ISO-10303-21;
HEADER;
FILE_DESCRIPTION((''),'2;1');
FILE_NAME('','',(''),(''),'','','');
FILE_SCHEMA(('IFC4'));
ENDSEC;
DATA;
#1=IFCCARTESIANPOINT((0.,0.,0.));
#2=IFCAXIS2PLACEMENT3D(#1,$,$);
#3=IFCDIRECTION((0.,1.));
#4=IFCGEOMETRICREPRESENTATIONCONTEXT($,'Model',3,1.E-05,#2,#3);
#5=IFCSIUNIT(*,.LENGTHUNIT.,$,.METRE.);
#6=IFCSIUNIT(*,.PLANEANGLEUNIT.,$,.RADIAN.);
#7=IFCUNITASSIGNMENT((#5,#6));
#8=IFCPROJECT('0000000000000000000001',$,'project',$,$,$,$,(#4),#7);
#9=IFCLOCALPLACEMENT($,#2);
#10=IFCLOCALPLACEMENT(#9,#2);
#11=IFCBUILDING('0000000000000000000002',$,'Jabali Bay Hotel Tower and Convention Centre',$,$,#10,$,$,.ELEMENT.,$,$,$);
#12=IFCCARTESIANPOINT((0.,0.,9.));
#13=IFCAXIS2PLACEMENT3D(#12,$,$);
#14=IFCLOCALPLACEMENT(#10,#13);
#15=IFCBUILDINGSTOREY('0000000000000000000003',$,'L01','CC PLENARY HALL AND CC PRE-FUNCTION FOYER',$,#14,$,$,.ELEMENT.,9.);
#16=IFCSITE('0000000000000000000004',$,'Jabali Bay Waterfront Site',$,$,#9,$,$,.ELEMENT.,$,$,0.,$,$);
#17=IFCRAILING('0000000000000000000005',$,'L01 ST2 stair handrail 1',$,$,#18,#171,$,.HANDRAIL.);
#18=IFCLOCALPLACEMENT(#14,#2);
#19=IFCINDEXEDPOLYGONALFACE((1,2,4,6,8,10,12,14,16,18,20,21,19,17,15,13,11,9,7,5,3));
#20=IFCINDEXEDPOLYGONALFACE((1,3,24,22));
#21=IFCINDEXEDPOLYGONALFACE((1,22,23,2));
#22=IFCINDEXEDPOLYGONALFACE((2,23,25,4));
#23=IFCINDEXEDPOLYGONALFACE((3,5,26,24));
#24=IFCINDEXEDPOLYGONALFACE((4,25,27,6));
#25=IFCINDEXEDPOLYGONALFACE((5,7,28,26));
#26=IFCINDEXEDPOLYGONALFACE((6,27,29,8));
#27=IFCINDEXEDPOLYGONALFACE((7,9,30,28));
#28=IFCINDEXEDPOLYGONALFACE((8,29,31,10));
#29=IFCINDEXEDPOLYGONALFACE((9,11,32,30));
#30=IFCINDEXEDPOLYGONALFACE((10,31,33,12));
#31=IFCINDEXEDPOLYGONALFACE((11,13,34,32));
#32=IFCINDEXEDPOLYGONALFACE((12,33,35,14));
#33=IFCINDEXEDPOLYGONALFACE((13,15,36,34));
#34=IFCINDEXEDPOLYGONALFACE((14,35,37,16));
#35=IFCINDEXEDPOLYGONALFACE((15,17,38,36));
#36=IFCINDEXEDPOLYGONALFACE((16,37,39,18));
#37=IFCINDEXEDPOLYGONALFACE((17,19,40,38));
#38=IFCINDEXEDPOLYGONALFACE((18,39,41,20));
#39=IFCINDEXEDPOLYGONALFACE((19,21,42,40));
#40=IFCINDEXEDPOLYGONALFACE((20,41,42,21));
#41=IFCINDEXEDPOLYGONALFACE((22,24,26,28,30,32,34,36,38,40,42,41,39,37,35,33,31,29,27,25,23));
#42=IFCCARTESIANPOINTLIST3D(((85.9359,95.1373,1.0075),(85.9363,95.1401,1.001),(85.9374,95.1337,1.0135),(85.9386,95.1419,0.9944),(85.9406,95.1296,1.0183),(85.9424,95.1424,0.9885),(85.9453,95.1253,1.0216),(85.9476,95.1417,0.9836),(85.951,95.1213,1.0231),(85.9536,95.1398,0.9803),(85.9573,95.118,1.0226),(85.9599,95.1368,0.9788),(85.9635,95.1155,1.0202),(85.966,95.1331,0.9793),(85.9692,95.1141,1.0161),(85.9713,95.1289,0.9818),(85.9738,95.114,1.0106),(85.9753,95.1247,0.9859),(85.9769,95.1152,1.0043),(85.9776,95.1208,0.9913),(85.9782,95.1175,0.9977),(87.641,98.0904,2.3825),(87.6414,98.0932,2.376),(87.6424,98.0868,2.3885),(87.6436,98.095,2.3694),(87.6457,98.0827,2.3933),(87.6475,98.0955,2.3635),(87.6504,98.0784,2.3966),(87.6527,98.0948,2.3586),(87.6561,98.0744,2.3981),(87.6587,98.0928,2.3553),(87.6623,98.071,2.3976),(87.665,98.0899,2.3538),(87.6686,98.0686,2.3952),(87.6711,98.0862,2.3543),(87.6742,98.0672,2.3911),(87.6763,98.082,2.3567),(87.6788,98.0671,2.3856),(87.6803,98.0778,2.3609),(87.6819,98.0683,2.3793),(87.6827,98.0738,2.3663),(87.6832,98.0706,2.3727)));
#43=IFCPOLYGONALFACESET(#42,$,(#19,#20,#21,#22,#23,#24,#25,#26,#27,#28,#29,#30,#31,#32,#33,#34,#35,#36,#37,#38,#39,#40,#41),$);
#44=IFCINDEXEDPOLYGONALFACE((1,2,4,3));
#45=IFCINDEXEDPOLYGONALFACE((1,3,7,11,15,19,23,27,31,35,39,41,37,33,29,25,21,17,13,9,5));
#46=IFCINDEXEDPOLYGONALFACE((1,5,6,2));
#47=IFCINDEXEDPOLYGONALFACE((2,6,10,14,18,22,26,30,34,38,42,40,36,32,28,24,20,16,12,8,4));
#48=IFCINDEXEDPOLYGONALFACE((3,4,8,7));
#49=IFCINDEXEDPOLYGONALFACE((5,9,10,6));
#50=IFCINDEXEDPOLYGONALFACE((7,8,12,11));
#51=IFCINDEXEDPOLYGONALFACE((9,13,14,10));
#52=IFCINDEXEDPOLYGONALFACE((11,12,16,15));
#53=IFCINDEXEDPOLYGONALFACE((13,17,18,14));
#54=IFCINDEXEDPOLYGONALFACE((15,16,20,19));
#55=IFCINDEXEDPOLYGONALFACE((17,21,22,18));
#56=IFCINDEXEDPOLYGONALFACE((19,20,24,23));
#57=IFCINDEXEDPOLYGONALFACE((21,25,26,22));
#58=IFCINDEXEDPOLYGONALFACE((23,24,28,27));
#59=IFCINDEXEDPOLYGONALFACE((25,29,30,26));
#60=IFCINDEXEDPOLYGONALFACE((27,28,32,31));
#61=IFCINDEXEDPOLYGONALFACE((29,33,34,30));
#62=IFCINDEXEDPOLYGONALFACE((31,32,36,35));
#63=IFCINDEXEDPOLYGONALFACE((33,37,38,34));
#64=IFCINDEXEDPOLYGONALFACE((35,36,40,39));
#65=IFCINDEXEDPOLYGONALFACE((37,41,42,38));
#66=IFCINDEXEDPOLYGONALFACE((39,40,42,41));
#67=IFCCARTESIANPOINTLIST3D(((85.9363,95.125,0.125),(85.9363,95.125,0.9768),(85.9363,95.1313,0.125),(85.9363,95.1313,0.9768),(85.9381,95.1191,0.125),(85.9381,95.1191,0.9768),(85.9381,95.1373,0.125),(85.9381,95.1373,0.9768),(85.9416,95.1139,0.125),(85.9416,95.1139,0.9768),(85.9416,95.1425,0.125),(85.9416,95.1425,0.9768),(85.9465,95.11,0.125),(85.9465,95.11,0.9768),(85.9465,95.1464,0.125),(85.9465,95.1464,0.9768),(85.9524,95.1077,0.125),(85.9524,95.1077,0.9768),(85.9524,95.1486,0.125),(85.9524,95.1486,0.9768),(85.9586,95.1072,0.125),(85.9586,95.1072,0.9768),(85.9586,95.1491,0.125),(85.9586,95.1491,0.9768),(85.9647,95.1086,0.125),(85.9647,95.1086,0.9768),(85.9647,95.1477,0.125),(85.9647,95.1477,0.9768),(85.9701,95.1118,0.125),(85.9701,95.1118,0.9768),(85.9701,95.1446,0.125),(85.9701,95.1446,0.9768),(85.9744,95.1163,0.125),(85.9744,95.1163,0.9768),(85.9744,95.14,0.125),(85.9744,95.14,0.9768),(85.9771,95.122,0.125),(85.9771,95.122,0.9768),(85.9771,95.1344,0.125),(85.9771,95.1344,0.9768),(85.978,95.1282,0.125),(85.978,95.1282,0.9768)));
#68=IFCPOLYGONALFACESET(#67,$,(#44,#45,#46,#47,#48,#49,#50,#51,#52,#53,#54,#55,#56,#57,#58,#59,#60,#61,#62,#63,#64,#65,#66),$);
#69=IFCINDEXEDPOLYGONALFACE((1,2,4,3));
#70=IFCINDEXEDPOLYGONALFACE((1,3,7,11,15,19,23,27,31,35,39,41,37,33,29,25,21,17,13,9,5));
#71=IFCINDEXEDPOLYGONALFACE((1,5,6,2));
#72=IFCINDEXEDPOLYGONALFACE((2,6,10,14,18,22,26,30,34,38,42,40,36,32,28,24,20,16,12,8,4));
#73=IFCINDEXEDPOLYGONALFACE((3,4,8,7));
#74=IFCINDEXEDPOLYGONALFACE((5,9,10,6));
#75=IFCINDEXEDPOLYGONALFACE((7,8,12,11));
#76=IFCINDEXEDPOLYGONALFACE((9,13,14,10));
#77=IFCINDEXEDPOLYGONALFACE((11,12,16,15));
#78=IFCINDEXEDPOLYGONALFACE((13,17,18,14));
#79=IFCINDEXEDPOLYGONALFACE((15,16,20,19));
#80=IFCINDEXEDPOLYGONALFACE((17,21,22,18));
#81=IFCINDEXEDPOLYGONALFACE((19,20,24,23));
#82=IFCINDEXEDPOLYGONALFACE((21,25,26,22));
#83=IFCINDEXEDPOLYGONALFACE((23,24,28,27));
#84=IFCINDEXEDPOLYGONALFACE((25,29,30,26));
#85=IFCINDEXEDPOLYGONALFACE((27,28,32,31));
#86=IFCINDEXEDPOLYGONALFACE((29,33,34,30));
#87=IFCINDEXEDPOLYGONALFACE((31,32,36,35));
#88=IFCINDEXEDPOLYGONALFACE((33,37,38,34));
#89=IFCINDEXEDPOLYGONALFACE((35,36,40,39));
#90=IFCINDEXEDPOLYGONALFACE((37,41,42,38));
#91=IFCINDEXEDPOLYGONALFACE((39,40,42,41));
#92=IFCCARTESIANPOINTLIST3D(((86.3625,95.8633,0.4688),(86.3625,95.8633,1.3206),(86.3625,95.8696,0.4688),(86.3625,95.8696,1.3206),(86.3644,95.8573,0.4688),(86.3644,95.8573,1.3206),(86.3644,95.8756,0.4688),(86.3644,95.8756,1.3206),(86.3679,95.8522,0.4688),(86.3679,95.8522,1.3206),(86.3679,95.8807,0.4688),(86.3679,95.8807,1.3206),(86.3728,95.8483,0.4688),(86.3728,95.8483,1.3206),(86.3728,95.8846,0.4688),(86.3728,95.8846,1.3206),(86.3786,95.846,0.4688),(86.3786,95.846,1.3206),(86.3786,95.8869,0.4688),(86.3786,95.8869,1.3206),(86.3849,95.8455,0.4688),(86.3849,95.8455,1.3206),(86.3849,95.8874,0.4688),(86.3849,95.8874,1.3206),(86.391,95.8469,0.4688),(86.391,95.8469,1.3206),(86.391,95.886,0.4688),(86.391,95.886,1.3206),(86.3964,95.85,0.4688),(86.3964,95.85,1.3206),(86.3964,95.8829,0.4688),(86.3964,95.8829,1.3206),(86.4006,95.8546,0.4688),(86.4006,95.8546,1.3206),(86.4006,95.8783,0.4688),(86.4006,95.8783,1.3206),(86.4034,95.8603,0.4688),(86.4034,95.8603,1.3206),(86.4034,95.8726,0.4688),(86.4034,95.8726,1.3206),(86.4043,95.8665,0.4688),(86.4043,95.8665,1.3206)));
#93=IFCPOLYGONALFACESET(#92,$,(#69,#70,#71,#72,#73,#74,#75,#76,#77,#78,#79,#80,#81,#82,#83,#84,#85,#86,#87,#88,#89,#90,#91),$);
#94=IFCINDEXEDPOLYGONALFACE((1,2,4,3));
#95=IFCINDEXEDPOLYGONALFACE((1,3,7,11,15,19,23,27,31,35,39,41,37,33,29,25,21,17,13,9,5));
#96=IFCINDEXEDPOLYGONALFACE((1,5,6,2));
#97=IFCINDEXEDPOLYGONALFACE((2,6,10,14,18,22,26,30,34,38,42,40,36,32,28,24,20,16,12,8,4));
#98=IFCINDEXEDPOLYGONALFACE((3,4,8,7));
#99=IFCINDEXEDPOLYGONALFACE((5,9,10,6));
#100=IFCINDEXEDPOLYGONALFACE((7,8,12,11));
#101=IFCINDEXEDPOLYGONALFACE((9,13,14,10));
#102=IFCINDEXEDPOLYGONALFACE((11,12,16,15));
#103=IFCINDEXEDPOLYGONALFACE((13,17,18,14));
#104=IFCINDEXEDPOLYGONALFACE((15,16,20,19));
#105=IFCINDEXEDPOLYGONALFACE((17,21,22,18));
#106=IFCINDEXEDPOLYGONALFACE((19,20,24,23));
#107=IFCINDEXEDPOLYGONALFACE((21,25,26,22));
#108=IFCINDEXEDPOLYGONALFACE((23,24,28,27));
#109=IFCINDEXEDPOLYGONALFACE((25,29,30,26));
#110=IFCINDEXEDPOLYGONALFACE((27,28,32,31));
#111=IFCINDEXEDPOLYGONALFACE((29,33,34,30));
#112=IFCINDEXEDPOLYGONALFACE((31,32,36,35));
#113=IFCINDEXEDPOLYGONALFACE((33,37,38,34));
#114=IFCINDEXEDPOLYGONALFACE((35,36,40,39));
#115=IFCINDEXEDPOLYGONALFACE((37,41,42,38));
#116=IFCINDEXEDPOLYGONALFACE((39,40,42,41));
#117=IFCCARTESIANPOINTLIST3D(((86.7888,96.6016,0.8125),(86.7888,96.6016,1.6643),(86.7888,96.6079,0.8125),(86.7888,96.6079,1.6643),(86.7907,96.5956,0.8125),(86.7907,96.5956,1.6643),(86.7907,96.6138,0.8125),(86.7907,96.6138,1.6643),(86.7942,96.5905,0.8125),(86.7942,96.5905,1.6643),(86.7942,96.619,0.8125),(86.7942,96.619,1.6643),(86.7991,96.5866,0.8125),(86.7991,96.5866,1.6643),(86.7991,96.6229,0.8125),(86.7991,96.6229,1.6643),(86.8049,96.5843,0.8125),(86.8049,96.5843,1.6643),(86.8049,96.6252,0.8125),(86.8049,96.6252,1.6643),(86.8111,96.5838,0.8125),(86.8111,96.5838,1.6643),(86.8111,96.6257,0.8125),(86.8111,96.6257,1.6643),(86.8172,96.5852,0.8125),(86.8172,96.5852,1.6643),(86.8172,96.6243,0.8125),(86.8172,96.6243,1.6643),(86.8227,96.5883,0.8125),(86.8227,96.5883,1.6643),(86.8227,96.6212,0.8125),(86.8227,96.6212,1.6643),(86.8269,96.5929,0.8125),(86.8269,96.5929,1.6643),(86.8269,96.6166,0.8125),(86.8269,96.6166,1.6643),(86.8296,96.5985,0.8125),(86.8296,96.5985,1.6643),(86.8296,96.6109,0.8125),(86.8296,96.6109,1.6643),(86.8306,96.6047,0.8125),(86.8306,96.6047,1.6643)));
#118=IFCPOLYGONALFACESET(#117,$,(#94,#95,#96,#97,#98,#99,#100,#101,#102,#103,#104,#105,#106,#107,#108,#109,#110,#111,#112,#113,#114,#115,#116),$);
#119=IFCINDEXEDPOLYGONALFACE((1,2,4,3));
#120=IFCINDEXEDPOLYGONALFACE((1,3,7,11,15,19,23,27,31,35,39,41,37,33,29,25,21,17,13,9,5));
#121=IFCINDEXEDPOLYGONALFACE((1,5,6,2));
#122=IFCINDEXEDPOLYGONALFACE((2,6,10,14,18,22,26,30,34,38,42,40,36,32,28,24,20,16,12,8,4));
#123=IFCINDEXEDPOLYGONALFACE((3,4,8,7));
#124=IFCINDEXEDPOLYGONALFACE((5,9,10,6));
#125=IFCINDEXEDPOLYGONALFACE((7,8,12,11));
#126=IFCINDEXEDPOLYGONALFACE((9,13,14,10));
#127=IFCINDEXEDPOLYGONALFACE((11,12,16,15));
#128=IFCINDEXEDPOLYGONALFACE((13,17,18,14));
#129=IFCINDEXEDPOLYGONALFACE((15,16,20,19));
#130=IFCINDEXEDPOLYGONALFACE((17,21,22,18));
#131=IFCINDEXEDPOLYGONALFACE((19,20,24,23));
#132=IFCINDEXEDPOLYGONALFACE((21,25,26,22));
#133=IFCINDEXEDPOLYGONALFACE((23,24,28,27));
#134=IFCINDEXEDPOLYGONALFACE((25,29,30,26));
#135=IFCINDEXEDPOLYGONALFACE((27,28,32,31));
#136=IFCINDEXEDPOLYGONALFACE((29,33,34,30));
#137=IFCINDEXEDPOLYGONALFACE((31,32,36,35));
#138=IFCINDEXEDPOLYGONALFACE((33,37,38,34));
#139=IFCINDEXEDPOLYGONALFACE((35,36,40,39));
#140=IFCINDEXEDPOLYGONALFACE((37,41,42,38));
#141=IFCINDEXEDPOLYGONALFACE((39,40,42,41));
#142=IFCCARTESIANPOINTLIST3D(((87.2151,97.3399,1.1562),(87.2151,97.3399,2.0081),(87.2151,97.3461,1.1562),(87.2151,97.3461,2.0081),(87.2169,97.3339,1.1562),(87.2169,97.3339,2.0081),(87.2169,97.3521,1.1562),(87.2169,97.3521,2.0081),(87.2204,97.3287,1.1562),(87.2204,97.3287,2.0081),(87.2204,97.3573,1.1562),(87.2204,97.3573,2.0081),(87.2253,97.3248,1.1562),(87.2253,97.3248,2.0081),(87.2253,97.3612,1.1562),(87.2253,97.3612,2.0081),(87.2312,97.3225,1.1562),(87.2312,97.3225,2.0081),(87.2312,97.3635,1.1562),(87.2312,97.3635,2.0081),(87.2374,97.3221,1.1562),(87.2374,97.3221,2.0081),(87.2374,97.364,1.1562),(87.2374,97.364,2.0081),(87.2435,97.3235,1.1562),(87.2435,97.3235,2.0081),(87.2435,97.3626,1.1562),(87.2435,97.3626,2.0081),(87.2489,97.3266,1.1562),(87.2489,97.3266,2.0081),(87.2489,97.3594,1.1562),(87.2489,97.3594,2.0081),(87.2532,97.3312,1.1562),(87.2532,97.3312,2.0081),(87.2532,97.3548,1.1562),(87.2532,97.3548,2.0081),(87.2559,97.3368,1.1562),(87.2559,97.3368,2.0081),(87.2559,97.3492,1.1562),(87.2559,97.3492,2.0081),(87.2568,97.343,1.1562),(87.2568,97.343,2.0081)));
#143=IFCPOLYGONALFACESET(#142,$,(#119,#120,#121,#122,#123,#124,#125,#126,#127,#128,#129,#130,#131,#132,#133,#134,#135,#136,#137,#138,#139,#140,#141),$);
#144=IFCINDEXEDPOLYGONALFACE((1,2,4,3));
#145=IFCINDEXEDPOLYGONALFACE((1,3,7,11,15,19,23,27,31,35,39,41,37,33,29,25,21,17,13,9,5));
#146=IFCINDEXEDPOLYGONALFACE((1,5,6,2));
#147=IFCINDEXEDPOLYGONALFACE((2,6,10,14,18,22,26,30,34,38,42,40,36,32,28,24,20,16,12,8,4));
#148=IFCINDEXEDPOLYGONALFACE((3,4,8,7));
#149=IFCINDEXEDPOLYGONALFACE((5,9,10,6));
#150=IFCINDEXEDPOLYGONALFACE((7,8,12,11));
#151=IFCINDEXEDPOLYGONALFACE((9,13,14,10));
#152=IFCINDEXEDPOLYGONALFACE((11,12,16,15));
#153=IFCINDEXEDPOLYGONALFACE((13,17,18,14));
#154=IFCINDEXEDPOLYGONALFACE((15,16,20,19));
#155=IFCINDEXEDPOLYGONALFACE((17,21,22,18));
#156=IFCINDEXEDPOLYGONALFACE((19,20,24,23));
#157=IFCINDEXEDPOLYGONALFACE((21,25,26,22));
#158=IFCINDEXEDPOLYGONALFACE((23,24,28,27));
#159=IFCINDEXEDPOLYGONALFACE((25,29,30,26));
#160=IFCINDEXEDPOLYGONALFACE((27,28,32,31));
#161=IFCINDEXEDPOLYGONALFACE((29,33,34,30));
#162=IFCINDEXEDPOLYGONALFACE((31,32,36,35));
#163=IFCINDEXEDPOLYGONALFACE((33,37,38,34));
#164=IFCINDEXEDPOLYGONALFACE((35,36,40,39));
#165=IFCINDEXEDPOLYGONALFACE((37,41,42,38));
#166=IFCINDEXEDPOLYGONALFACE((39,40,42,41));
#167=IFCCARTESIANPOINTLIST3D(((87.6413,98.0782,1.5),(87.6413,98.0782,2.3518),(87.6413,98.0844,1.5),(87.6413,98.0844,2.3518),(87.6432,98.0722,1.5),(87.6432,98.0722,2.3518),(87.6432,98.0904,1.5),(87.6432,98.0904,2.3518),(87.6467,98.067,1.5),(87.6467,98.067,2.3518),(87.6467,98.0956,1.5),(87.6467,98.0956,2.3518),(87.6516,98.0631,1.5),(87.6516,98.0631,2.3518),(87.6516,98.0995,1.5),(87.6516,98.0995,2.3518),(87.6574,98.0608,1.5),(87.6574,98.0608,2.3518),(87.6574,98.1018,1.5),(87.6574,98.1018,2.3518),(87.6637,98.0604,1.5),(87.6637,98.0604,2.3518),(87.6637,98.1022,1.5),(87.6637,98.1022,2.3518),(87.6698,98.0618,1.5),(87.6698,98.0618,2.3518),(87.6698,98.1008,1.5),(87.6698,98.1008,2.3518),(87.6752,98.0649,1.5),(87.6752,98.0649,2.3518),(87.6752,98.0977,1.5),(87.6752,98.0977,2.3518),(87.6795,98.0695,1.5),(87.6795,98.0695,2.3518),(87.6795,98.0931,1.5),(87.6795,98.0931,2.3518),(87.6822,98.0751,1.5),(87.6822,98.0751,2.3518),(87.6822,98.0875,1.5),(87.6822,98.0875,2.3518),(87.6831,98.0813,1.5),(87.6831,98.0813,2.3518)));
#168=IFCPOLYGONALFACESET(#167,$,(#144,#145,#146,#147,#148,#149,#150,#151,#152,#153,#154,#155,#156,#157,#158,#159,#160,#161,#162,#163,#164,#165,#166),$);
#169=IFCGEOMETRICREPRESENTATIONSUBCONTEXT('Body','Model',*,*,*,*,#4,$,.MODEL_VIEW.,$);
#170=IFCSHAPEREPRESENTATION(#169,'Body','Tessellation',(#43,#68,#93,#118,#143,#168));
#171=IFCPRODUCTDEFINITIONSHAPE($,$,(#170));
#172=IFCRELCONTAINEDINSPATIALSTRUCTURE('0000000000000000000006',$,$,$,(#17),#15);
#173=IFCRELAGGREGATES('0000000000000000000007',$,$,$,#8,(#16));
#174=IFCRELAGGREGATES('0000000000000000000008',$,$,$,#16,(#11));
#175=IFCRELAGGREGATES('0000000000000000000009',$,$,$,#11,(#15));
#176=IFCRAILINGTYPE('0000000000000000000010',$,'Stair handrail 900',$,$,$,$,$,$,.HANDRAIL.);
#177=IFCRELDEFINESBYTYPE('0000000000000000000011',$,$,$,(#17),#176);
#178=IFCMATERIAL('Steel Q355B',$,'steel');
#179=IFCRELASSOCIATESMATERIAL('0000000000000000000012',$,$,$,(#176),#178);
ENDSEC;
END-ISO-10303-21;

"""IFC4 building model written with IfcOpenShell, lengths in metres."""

from ifc_helpers import new_model, si_unit, direction, frame, origin, origin_2d, place, context, subcontext, project, spatial, circle, extrude, material, type_object, element, save


model = new_model("IFC4")

# Units and contexts
model_context = context("Model", 3, precision=1e-05, world=origin(), true_north=direction((0.0, 1.0)))
body_context = subcontext(model_context, "Body", "Model", "MODEL_VIEW")
ifc_project = project(units=[si_unit("LENGTHUNIT", "METRE"), si_unit("PLANEANGLEUNIT", "RADIAN")], contexts=[model_context])

# Site, building, storey
site_placement = place(None, origin())
site = spatial("IfcSite", under=ifc_project, at=site_placement, Name="Jabali Bay Waterfront Site", CompositionType="ELEMENT", RefElevation=0.0)
building_placement = place(site_placement, origin())
building = spatial("IfcBuilding", under=site, at=building_placement, Name="Jabali Bay Hotel Tower and Convention Centre", CompositionType="ELEMENT")
storey_placement = place(building_placement, frame((0.0, 0.0, 9.0)))
storey = spatial("IfcBuildingStorey", under=building, at=storey_placement, Name="L01", Description="CC PLENARY HALL AND CC PRE-FUNCTION FOYER", CompositionType="ELEMENT", Elevation=9.0)

# Railing
ifc_material_1 = material(Name="Steel Q355B", Category="steel")
railing_type = type_object("IfcRailingType", Name="Stair handrail 900", PredefinedType="HANDRAIL", material=ifc_material_1)
for number, where, name in (
    (1, (85.957, 95.1282, 0.125), "L01 ST2 stair handrail 1"),
):
    element("IfcRailing", number, at=place(storey_placement, frame(where)), inside=storey, type_object=railing_type, Name=name, PredefinedType="HANDRAIL", context=body_context, shape_type="SweptSolid", body=[
        extrude(circle(Radius=0.0239, at=origin_2d()), frame((0.0, 0.0, 0.876), z_axis=(0.46374, 0.803178, 0.373966), x_axis=(-0.866014, 0.50002, 0.0)), (0.0, 0.0, 1.0), 3.6768),
        extrude(circle(Radius=0.021, at=origin_2d()), origin(), (0.0, 0.0, 1.0), 0.8518),
        extrude(circle(Radius=0.021, at=origin_2d()), frame((0.4263, 0.7383, 0.3438)), (0.0, 0.0, 1.0), 0.8518),
        extrude(circle(Radius=0.021, at=origin_2d()), frame((0.8525, 1.4766, 0.6875)), (0.0, 0.0, 1.0), 0.8518),
        extrude(circle(Radius=0.021, at=origin_2d()), frame((1.2788, 2.2148, 1.0312)), (0.0, 0.0, 1.0), 0.8518),
        extrude(circle(Radius=0.021, at=origin_2d()), frame((1.7051, 2.9531, 1.375)), (0.0, 0.0, 1.0), 0.8518),
    ])

save(model, "model.ifc")
